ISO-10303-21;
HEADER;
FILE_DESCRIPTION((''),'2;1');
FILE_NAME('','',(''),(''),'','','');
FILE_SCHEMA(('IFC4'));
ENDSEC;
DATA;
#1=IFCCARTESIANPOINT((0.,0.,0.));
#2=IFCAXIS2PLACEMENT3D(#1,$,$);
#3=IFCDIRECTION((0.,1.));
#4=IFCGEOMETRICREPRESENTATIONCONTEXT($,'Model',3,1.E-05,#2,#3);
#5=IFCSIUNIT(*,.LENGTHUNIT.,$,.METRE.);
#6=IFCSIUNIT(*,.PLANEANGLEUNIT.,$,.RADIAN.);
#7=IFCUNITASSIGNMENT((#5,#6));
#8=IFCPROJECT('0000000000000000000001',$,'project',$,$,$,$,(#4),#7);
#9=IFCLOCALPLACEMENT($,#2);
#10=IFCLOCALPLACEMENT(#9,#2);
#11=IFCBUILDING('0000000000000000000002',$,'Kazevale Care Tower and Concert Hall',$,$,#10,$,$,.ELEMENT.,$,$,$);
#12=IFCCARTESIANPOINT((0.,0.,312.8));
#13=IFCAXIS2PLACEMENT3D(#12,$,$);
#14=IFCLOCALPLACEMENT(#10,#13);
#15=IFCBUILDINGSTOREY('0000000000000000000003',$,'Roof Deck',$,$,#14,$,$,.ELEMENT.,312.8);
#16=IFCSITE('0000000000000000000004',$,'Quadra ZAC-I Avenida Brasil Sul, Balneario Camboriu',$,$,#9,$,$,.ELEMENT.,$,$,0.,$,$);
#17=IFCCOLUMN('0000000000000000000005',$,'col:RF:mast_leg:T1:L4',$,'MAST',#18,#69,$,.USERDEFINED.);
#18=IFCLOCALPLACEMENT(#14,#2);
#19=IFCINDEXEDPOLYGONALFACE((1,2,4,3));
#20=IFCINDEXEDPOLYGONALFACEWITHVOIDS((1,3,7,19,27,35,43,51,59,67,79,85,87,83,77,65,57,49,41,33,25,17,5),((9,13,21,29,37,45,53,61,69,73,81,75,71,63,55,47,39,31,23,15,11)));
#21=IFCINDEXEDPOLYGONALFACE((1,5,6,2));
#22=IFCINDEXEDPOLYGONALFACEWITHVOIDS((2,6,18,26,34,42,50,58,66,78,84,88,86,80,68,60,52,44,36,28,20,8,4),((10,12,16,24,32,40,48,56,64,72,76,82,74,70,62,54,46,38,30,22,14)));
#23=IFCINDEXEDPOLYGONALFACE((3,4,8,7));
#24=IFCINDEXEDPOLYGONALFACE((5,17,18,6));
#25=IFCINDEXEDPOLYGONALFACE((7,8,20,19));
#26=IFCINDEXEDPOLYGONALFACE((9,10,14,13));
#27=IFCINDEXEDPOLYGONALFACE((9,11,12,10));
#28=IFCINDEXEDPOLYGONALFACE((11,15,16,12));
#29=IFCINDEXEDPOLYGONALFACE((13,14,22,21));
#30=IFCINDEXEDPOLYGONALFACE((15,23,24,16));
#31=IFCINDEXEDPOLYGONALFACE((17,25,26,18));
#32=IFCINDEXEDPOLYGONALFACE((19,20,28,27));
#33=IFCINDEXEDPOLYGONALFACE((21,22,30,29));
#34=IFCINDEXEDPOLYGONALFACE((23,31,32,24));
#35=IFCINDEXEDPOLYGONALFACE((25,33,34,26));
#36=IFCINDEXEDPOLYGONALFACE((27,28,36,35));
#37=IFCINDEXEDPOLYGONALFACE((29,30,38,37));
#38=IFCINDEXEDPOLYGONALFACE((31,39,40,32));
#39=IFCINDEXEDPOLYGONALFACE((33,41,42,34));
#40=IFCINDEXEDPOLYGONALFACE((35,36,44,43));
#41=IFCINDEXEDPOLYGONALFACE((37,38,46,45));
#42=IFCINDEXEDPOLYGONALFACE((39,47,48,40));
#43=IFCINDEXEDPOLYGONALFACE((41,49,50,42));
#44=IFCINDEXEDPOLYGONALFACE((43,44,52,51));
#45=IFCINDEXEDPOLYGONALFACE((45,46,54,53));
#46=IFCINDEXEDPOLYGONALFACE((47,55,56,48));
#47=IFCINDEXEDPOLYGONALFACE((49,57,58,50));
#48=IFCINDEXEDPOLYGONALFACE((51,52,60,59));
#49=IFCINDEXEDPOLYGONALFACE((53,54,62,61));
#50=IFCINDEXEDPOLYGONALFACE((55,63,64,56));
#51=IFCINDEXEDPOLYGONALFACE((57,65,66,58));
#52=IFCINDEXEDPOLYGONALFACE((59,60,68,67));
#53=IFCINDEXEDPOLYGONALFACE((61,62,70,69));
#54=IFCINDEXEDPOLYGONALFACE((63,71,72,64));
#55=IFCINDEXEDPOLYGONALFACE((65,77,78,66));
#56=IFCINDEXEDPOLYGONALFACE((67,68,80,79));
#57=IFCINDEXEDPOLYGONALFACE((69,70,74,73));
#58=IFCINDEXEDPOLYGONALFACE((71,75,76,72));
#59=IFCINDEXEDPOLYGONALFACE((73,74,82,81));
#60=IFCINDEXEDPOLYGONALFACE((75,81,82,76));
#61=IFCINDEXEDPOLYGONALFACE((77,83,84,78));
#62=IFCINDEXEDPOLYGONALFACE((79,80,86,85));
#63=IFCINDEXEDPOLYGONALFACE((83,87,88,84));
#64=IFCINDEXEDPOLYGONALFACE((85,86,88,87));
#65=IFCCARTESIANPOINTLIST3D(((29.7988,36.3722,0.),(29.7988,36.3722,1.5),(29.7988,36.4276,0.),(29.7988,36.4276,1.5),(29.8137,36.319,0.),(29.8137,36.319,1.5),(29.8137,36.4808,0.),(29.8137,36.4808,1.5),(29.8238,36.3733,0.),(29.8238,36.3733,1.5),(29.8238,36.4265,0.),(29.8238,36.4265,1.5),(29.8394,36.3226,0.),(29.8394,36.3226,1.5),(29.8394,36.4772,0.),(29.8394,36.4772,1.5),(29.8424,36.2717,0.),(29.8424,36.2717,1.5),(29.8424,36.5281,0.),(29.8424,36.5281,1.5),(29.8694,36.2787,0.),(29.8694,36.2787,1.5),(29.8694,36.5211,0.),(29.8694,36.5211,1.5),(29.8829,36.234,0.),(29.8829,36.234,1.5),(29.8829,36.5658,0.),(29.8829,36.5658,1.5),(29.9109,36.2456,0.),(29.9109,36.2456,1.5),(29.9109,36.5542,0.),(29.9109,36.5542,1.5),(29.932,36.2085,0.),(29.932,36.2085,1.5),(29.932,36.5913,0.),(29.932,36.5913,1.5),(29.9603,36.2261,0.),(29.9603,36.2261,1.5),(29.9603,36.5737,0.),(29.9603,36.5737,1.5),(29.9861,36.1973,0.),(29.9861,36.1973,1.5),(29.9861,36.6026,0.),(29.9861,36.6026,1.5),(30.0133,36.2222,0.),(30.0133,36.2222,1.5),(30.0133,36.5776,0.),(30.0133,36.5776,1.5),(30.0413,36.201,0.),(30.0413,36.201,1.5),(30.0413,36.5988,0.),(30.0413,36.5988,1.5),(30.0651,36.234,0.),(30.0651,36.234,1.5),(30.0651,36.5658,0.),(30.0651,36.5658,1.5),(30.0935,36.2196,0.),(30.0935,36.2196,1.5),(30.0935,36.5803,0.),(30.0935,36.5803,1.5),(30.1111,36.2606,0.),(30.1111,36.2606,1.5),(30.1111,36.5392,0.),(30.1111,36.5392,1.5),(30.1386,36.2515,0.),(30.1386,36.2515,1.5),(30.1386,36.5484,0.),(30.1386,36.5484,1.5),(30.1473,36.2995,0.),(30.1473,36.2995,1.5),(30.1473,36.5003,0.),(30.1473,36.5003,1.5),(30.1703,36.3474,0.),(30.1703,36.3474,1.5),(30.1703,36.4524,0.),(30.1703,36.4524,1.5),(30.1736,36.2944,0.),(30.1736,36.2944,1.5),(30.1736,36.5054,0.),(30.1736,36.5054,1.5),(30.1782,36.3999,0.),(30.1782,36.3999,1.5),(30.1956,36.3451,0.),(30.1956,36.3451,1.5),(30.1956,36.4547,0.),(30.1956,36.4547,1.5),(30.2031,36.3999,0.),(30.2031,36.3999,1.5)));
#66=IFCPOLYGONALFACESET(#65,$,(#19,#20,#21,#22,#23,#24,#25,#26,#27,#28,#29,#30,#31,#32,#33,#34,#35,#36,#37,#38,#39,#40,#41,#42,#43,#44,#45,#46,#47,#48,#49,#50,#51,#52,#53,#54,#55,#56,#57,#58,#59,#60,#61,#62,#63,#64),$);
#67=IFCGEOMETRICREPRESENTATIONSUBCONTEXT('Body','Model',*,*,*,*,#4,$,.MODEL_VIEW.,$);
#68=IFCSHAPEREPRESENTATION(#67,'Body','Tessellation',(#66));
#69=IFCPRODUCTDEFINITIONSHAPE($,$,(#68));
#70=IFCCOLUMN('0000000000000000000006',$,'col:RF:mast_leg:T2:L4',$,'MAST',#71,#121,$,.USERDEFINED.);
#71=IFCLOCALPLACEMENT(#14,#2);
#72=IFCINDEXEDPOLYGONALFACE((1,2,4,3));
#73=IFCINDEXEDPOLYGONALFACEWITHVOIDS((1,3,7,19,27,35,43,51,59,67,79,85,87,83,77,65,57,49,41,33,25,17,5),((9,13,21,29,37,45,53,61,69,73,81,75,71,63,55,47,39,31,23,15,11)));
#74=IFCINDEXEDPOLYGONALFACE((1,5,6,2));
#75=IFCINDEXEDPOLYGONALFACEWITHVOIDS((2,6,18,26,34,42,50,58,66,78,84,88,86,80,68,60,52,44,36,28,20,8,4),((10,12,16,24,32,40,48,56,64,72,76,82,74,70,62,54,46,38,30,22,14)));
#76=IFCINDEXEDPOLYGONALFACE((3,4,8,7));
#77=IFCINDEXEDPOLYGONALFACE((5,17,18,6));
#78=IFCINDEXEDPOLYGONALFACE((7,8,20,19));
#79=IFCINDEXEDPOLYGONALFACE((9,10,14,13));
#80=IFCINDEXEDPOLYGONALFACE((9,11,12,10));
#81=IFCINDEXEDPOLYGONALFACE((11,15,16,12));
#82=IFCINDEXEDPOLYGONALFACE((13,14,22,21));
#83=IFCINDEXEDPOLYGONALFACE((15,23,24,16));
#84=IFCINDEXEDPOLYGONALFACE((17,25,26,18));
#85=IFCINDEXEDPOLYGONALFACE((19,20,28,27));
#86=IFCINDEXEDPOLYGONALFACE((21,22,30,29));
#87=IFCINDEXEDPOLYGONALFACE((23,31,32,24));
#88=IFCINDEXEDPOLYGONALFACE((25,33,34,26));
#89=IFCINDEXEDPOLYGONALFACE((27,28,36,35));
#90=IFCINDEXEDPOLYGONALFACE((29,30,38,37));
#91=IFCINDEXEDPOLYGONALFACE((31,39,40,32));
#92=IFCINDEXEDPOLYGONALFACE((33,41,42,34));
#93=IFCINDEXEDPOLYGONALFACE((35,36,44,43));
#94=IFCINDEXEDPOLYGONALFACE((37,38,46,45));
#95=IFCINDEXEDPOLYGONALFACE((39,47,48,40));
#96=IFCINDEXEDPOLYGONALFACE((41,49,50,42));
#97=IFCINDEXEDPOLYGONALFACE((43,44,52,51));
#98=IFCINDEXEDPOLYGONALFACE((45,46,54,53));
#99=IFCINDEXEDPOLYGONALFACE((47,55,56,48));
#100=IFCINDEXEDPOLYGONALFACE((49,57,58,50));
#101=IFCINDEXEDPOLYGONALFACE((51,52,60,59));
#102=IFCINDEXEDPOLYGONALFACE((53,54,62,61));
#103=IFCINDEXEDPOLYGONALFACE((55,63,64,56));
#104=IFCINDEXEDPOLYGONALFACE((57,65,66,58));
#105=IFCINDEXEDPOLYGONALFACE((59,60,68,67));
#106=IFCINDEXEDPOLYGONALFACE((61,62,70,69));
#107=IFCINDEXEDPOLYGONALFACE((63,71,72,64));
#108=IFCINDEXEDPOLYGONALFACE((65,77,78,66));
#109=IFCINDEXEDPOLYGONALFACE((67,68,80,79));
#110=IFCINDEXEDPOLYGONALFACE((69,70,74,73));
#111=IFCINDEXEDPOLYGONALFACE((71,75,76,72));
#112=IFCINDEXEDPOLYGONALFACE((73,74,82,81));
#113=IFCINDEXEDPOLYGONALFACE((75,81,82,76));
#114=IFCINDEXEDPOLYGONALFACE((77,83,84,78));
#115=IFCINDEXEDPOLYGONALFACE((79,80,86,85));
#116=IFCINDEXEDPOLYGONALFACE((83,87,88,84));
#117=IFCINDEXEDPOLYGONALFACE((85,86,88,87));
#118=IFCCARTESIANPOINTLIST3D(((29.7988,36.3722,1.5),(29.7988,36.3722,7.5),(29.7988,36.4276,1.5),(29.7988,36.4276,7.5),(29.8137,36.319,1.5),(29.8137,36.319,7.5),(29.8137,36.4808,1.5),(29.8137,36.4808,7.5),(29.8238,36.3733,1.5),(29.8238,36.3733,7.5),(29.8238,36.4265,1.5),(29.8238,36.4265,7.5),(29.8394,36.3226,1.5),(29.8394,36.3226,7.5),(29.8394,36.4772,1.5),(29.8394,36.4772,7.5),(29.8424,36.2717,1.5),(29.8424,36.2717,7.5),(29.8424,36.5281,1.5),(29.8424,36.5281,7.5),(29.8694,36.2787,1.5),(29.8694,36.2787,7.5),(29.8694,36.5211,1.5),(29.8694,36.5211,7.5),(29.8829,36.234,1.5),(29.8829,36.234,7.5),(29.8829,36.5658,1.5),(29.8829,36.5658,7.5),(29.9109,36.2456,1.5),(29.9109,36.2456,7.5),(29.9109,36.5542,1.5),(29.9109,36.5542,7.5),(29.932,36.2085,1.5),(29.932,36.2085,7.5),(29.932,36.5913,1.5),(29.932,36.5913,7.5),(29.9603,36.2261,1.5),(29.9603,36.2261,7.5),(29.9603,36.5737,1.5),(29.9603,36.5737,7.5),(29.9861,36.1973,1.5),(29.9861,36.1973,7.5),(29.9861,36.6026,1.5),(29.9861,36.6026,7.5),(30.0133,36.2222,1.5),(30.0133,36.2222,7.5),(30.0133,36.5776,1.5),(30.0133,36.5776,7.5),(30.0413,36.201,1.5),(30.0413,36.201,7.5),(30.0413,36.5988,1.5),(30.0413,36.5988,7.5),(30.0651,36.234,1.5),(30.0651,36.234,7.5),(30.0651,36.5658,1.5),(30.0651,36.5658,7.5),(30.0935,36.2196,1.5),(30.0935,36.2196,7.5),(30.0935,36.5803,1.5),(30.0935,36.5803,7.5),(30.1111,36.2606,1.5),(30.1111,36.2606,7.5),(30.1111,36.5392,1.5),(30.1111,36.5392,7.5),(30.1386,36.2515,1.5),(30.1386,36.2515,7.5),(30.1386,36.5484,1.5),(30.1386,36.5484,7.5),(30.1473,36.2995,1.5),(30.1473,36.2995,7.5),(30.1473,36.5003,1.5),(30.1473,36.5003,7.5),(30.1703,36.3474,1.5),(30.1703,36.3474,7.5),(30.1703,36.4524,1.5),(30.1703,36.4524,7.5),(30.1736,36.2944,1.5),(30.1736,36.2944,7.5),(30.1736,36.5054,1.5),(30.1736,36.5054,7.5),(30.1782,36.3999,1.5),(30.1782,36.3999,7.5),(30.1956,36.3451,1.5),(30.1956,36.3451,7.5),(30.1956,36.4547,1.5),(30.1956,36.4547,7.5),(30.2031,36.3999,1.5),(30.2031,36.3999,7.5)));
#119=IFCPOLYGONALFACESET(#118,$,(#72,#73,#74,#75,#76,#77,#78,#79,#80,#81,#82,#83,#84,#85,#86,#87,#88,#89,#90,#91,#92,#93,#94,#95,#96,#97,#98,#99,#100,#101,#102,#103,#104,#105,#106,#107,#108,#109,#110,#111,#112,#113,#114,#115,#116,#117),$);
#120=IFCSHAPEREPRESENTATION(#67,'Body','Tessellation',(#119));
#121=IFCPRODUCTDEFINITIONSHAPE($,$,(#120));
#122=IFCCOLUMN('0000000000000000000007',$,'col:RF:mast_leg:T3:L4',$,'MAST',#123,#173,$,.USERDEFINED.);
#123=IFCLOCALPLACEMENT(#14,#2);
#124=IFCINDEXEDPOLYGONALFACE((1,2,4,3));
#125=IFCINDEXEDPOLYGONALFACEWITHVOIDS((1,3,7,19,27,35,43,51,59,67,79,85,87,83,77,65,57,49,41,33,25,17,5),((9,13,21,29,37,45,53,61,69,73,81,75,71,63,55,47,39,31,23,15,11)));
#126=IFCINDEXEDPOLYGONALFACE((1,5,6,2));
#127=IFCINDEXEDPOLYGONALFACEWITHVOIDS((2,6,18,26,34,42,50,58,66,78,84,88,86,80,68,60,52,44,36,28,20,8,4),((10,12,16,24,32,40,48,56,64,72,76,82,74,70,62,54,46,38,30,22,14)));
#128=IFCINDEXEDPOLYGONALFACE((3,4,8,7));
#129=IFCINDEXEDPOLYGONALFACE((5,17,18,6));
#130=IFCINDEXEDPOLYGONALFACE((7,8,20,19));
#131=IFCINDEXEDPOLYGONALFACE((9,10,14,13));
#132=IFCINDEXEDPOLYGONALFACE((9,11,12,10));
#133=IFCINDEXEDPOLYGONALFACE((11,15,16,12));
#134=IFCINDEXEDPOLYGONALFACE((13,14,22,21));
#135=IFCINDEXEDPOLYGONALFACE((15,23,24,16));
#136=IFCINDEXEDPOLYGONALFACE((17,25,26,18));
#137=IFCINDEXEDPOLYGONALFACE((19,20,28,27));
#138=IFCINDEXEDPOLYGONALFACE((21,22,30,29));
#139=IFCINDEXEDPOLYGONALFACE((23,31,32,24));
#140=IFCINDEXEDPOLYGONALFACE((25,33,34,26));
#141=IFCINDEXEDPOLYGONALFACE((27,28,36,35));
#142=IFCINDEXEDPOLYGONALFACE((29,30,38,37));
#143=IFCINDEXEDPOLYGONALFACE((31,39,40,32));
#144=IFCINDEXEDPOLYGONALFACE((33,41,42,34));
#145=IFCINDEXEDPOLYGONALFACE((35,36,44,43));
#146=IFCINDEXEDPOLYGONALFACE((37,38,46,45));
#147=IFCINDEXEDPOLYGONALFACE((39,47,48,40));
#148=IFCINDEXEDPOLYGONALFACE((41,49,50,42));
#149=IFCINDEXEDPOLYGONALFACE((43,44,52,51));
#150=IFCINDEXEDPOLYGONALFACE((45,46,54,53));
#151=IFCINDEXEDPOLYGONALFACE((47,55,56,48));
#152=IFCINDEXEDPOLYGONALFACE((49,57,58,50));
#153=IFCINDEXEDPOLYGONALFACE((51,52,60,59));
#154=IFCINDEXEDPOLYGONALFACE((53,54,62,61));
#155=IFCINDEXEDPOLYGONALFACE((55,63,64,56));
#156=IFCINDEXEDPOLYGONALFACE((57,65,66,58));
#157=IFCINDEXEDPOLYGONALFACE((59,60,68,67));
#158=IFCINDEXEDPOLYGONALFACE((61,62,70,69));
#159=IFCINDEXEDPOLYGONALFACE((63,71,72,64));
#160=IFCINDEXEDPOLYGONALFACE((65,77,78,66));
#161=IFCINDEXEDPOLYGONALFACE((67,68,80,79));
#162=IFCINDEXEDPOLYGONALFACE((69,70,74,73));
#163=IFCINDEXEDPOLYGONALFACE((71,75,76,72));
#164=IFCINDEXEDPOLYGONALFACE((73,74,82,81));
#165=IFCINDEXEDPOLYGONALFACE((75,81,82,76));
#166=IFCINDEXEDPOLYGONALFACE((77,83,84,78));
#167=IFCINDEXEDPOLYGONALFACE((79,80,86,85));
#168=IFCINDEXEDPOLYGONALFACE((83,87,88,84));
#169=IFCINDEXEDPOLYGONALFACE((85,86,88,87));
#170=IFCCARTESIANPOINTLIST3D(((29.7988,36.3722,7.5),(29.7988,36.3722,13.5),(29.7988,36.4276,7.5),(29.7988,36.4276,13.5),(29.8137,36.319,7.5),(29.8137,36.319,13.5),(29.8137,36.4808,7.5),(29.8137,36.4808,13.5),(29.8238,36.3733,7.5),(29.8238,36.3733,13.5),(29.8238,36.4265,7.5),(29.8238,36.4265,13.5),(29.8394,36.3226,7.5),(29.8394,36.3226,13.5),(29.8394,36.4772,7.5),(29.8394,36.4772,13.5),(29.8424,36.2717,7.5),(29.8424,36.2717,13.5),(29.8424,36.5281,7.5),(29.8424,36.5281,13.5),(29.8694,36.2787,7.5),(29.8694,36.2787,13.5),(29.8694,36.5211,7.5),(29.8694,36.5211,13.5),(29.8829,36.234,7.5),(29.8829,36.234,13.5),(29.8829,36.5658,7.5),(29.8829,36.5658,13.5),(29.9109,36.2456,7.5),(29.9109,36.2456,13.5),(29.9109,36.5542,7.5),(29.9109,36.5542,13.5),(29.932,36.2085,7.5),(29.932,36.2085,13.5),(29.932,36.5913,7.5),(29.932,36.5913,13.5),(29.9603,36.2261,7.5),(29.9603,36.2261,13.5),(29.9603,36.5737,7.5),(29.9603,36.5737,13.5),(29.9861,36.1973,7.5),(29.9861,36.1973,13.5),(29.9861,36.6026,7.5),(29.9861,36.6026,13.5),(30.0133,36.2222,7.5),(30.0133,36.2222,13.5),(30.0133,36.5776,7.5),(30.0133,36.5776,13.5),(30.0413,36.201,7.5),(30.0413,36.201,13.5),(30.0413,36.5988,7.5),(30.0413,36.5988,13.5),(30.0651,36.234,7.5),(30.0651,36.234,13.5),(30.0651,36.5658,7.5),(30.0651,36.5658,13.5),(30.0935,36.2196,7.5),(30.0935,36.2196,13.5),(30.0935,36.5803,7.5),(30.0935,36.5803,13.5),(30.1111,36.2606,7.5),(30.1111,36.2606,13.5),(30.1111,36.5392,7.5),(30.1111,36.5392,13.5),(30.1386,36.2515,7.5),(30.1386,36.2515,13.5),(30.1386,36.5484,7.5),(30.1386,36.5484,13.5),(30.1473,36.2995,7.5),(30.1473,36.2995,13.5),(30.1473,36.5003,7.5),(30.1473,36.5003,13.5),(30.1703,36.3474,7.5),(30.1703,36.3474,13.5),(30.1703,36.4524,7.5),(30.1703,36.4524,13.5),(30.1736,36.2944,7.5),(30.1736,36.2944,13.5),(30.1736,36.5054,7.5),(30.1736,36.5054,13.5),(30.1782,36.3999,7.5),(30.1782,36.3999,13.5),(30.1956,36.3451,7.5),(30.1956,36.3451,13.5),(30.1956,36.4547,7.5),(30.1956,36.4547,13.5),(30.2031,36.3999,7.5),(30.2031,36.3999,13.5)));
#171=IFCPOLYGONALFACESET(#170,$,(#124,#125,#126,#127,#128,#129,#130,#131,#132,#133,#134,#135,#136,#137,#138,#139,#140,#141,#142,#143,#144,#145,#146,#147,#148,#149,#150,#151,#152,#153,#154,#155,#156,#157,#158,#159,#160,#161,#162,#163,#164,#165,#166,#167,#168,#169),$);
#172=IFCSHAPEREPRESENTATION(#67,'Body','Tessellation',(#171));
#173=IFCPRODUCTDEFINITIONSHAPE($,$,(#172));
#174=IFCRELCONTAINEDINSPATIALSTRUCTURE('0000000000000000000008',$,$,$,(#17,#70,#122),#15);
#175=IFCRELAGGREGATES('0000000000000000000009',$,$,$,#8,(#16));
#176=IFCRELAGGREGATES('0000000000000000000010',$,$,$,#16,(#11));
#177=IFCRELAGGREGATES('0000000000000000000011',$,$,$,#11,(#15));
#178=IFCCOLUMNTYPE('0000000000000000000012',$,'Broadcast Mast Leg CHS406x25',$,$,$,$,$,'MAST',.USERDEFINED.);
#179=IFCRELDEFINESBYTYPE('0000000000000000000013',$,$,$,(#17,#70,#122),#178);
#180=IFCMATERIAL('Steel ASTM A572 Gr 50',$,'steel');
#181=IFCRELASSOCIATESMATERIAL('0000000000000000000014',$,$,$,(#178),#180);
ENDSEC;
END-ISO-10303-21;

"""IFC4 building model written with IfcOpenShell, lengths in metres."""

from ifc_helpers import new_model, si_unit, direction, frame, origin, origin_2d, place, context, subcontext, project, spatial, hollow_circle, extrude, material, material_profile, profile_set, type_object, element, save


model = new_model("IFC4")

# Units and contexts
model_context = context("Model", 3, precision=1e-05, world=origin(), true_north=direction((0.0, 1.0)))
body_context = subcontext(model_context, "Body", "Model", "MODEL_VIEW")
ifc_project = project(units=[si_unit("LENGTHUNIT", "METRE"), si_unit("PLANEANGLEUNIT", "RADIAN")], contexts=[model_context])

# Site, building, storey
site_placement = place(None, origin())
site = spatial("IfcSite", under=ifc_project, at=site_placement, Name="Quadra ZAC-I Avenida Brasil Sul, Balneario Camboriu", CompositionType="ELEMENT", RefElevation=0.0)
building_placement = place(site_placement, origin())
building = spatial("IfcBuilding", under=site, at=building_placement, Name="Kazevale Care Tower and Concert Hall", CompositionType="ELEMENT")
storey_placement = place(building_placement, frame((0.0, 0.0, 312.8)))
storey = spatial("IfcBuildingStorey", under=building, at=storey_placement, Name="Roof Deck", CompositionType="ELEMENT", Elevation=312.8)

# Columns
ifc_material_1 = material(Name="Steel ASTM A572 Gr 50", Category="steel")
ifc_material_profile_1 = material_profile(ifc_material_1, hollow_circle(Radius=0.2031, WallThickness=0.0249, at=origin_2d()), Name="CHS406x25")
ifc_profile_set_1 = profile_set([ifc_material_profile_1], Name="Steel ASTM A572 Gr 50")
column_type_1 = type_object("IfcColumnType", Name="Broadcast Mast Leg CHS406x25", ElementType="MAST", PredefinedType="USERDEFINED", material=ifc_profile_set_1)
column_1_placement = place(storey_placement, frame((30.0, 36.3999, 0.0), z_axis=(0.0, 0.0, 1.0), x_axis=(1.0, 0.0, 0.0)))
element("IfcColumn", 1, at=column_1_placement, inside=storey, type_object=column_type_1, Name="col:RF:mast_leg:T1:L4", ObjectType="MAST", PredefinedType="USERDEFINED", context=body_context, shape_type="SweptSolid", body=[
    extrude(hollow_circle(Radius=0.2031, WallThickness=0.0249, at=origin_2d()), origin(), (0.0, 0.0, 1.0), 1.5),
])
for number, where, z_axis, x_axis, name in (
    (2, (30.0, 36.3999, 1.5), (0.0, 0.0, 1.0), (1.0, 0.0, 0.0), "col:RF:mast_leg:T2:L4"),
    (3, (30.0, 36.3999, 7.5), (0.0, 0.0, 1.0), (1.0, 0.0, 0.0), "col:RF:mast_leg:T3:L4"),
):
    element("IfcColumn", number, at=place(storey_placement, frame(where, z_axis=z_axis, x_axis=x_axis)), inside=storey, type_object=column_type_1, Name=name, ObjectType="MAST", PredefinedType="USERDEFINED", context=body_context, shape_type="SweptSolid", body=[
        extrude(hollow_circle(Radius=0.2031, WallThickness=0.0249, at=origin_2d()), origin(), (0.0, 0.0, 1.0), 6.0),
    ])

save(model, "model.ifc")
